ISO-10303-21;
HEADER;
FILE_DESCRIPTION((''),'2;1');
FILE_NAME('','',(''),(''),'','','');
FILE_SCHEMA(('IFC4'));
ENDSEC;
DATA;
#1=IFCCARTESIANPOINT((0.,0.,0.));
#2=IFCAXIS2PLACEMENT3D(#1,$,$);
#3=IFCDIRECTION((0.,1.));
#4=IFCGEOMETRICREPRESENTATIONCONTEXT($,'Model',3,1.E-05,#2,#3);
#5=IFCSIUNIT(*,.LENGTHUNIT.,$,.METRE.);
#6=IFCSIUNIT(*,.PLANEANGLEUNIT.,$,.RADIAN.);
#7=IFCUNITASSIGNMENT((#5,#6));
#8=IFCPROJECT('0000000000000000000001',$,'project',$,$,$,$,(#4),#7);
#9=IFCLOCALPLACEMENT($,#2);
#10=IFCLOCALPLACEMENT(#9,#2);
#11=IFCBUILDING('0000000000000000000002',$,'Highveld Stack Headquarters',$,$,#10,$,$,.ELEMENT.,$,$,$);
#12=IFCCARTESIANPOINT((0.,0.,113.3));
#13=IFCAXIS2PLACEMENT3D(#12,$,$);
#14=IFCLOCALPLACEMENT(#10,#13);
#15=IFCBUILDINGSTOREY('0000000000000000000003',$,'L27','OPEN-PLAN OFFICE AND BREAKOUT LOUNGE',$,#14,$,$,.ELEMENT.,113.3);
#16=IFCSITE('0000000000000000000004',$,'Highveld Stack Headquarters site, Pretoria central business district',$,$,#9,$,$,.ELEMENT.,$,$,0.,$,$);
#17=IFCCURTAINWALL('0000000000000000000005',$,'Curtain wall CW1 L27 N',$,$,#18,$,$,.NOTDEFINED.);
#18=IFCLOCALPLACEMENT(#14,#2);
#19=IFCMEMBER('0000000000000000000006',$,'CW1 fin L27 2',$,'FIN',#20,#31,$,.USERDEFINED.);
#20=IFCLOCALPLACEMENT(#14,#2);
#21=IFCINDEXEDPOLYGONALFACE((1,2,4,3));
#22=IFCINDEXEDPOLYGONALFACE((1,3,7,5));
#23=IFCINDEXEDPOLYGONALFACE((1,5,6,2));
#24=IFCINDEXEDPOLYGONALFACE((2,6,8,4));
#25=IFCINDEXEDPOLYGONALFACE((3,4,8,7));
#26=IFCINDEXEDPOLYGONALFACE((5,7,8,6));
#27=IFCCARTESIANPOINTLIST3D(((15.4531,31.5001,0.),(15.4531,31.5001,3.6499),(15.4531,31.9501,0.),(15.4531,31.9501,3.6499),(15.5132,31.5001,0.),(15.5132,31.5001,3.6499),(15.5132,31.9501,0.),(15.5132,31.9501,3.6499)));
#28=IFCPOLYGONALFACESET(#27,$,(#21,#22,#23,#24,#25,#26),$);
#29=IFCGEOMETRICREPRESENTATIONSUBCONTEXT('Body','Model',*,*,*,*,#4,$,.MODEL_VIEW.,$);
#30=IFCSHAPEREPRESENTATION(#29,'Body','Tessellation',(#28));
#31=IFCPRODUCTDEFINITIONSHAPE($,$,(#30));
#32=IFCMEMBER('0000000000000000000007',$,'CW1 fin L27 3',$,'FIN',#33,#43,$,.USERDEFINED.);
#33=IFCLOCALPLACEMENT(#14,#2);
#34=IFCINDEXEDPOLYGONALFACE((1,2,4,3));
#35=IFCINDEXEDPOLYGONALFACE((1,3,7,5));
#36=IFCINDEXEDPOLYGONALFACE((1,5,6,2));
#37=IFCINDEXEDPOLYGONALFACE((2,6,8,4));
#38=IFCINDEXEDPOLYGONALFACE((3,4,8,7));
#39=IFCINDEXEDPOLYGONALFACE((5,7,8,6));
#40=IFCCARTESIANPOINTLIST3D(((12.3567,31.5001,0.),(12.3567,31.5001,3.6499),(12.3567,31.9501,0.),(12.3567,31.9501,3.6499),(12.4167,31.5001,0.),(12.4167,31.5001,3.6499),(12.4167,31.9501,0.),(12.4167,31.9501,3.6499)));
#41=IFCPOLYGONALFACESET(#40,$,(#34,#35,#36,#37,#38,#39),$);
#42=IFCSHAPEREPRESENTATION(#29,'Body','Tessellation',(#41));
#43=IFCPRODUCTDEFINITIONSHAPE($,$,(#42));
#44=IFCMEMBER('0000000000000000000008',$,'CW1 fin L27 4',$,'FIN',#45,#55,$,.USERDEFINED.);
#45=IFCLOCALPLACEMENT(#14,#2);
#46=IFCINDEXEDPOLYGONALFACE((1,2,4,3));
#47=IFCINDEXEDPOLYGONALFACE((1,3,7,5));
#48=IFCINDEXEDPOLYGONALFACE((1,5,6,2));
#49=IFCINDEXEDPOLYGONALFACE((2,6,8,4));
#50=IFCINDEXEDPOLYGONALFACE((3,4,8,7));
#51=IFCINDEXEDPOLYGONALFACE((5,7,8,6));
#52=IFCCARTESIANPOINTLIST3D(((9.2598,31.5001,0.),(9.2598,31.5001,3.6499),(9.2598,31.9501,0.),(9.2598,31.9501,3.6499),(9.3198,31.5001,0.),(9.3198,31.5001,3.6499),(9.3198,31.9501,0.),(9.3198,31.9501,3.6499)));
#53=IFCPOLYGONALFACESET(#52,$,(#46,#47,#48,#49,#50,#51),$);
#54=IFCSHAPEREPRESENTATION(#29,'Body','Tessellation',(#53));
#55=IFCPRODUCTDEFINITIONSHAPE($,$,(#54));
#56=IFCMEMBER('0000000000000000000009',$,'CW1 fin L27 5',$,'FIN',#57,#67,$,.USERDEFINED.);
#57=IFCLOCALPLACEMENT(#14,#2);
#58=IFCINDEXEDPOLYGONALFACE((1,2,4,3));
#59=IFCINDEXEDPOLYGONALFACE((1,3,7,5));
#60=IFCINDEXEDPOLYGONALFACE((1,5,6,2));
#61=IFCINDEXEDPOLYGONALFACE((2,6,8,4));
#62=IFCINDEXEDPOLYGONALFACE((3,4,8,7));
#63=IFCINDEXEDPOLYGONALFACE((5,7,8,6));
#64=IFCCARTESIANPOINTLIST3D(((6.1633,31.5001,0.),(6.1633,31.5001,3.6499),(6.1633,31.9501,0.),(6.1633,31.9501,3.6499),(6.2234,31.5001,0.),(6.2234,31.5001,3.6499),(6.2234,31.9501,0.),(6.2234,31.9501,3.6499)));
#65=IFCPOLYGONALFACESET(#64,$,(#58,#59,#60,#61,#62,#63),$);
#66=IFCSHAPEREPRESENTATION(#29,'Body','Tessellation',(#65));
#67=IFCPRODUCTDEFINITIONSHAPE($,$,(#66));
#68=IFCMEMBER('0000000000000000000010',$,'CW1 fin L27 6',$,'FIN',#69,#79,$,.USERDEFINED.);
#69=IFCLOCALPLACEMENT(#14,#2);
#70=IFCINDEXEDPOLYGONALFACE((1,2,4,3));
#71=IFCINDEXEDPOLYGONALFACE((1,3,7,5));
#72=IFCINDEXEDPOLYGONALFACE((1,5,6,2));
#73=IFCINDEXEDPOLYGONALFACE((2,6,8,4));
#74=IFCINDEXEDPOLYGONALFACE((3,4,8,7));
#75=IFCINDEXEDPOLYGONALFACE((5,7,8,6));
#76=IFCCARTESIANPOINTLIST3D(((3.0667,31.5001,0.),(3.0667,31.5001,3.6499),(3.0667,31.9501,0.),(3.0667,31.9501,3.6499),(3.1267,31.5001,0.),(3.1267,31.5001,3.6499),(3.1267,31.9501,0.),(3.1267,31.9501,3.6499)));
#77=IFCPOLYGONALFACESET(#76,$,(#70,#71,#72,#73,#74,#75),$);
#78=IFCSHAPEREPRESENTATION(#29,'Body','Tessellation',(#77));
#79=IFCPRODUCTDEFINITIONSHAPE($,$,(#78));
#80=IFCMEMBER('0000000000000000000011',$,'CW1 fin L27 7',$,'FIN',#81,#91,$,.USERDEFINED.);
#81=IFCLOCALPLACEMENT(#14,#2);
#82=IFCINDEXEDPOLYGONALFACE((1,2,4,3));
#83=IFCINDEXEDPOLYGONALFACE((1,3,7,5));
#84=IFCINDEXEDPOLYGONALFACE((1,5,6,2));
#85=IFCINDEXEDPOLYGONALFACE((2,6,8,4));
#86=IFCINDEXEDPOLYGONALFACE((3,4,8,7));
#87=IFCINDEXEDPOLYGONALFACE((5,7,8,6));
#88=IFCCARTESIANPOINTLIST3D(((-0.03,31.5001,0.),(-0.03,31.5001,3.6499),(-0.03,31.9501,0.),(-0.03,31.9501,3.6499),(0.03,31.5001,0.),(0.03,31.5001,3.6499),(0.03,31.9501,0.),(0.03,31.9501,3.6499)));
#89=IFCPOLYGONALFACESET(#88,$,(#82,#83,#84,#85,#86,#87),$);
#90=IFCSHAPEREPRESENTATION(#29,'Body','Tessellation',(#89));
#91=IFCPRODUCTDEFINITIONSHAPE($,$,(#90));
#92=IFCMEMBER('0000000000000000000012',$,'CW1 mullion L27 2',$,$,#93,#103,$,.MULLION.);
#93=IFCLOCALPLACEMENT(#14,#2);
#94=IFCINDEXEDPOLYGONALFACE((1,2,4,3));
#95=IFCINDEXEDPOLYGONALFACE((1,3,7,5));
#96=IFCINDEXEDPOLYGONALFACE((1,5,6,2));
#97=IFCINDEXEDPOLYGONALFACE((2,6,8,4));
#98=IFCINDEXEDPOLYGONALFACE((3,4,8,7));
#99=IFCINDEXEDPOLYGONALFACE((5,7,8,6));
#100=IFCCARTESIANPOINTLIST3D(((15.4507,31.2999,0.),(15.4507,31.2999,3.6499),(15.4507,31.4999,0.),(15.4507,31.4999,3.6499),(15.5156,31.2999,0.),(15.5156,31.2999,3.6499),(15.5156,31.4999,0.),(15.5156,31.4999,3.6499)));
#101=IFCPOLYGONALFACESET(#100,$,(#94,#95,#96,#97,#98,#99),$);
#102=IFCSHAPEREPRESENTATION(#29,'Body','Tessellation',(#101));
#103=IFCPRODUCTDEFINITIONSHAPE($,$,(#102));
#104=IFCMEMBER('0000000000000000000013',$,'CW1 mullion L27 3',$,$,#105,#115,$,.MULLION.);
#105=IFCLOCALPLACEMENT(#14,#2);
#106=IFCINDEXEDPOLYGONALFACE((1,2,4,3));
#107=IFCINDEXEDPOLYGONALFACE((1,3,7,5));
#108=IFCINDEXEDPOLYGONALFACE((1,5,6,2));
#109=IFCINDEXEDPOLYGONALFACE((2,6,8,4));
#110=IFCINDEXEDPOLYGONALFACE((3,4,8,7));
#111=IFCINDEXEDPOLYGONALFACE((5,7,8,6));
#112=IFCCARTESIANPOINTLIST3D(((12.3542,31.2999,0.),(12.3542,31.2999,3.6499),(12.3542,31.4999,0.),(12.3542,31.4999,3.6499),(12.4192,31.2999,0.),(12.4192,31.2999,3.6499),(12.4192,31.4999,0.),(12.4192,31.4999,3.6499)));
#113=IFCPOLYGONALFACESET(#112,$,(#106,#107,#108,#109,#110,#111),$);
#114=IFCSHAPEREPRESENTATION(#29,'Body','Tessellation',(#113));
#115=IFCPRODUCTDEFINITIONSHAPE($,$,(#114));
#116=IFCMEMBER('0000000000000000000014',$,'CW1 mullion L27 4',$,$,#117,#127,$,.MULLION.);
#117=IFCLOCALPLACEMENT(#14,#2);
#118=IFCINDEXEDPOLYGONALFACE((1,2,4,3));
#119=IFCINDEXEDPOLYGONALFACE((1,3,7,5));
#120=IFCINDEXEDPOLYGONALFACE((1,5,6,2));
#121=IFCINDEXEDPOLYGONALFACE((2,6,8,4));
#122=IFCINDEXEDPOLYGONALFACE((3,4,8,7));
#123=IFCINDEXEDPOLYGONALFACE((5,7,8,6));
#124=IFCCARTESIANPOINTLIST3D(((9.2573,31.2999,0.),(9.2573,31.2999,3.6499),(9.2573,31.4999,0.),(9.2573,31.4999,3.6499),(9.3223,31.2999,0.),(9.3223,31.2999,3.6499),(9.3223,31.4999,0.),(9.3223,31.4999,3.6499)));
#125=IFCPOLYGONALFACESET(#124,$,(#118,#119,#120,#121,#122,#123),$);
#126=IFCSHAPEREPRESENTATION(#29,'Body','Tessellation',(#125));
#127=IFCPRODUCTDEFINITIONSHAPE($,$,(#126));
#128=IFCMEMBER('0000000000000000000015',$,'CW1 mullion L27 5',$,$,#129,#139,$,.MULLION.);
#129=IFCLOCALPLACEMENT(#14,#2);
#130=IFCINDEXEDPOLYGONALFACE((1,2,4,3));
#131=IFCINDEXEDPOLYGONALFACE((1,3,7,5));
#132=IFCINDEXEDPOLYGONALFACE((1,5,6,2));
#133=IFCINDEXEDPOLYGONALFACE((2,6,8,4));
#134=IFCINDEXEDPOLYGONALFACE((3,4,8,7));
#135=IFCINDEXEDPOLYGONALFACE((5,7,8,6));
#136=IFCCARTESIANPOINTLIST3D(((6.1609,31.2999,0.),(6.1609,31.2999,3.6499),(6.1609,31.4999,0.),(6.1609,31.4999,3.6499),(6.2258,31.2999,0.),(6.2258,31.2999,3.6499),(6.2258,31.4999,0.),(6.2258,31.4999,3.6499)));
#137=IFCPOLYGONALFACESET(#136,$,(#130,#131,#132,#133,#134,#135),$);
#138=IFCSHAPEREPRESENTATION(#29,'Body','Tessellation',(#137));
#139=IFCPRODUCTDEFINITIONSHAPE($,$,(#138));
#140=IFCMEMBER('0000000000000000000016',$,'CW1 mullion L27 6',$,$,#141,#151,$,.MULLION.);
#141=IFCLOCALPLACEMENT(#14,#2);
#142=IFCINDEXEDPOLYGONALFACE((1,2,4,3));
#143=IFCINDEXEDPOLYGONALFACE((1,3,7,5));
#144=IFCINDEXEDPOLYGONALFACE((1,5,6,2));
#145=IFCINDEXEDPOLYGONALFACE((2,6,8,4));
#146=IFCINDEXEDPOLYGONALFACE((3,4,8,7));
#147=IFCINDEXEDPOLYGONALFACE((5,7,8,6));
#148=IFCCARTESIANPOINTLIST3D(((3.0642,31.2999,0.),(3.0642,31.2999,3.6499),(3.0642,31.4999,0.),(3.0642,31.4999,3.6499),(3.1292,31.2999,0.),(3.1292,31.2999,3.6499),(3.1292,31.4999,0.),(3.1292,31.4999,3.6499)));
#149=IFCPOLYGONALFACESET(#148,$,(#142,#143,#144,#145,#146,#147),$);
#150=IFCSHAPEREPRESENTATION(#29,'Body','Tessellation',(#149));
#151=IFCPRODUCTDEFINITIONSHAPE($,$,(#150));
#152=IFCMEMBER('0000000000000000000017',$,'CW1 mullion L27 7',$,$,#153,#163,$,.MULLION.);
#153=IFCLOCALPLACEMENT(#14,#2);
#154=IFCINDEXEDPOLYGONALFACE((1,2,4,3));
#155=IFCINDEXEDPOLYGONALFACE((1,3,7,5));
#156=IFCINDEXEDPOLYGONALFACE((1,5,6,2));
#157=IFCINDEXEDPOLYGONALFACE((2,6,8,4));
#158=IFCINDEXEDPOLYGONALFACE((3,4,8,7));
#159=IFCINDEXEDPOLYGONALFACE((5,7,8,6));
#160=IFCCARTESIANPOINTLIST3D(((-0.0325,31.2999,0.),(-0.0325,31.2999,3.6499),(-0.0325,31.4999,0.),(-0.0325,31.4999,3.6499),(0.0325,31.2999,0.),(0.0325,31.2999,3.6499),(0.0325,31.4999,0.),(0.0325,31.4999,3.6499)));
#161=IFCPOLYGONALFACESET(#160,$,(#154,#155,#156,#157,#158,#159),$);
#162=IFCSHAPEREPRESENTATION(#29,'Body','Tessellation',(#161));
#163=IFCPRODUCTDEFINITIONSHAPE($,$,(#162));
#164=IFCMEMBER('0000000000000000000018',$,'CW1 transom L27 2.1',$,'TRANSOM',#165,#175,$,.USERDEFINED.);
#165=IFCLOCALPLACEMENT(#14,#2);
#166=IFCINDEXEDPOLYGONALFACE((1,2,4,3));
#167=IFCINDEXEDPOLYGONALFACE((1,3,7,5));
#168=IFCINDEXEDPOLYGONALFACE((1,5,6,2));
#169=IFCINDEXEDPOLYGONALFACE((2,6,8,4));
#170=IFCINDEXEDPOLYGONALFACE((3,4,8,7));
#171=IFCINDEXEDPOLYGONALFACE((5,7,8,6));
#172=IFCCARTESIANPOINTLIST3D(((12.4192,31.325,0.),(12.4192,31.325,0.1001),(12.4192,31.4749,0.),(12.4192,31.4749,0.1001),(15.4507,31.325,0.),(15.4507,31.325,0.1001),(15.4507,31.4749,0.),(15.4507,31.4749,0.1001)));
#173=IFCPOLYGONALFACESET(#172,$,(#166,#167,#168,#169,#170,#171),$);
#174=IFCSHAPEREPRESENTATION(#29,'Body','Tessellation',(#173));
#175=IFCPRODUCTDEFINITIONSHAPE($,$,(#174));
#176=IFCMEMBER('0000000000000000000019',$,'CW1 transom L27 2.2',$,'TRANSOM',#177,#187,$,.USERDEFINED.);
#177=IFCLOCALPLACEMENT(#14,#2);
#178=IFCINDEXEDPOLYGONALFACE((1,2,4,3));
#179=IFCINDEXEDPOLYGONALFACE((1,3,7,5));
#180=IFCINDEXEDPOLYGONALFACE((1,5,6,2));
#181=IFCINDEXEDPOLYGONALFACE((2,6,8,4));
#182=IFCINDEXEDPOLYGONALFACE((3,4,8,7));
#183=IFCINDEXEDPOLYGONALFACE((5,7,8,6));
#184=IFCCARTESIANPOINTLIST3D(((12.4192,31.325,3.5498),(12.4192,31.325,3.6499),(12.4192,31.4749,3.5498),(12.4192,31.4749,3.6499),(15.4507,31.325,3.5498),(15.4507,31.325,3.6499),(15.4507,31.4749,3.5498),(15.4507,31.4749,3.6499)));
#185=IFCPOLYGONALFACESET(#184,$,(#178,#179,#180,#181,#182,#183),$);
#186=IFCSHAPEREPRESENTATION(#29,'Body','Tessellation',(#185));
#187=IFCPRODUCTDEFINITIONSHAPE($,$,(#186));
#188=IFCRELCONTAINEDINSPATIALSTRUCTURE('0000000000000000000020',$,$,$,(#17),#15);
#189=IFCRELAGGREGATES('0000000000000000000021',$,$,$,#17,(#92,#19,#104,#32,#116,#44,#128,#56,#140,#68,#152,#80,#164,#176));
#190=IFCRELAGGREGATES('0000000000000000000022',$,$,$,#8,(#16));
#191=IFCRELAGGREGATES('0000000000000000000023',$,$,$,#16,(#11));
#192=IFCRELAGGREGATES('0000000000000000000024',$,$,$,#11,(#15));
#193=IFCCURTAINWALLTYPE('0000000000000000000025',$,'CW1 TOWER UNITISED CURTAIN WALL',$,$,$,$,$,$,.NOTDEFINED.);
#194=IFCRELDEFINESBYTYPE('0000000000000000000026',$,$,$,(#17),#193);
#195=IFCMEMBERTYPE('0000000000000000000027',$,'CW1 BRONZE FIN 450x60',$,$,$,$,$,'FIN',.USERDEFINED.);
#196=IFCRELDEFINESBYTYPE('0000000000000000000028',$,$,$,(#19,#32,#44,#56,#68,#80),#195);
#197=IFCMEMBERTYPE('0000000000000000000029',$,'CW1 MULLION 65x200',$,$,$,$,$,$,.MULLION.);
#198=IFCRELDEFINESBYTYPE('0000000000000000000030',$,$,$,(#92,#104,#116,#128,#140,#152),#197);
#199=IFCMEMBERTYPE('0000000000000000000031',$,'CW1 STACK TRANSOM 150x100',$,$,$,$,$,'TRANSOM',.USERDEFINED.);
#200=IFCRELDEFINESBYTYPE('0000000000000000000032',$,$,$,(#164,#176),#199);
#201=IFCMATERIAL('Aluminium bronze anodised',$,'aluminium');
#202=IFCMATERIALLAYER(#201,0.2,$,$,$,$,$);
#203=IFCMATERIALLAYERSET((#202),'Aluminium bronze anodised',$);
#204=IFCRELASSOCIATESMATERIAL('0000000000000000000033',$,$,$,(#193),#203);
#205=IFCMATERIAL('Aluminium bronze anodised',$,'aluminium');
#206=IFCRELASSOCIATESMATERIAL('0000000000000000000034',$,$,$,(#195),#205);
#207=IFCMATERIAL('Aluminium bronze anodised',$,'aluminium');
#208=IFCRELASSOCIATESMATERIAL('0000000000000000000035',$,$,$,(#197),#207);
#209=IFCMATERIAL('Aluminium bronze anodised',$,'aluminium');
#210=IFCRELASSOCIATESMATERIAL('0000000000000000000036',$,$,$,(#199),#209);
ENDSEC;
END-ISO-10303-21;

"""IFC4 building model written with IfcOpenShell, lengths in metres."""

from ifc_helpers import new_model, si_unit, direction, frame, origin, origin_2d, place, context, subcontext, project, spatial, rectangle, extrude, material, layer, layer_set, material_profile, profile_set, type_object, element, aggregate, save


model = new_model("IFC4")

# Units and contexts
model_context = context("Model", 3, precision=1e-05, world=origin(), true_north=direction((0.0, 1.0)))
body_context = subcontext(model_context, "Body", "Model", "MODEL_VIEW")
ifc_project = project(units=[si_unit("LENGTHUNIT", "METRE"), si_unit("PLANEANGLEUNIT", "RADIAN")], contexts=[model_context])

# Site, building, storey
site_placement = place(None, origin())
site = spatial("IfcSite", under=ifc_project, at=site_placement, Name="Highveld Stack Headquarters site, Pretoria central business district", CompositionType="ELEMENT", RefElevation=0.0)
building_placement = place(site_placement, origin())
building = spatial("IfcBuilding", under=site, at=building_placement, Name="Highveld Stack Headquarters", CompositionType="ELEMENT")
storey_placement = place(building_placement, frame((0.0, 0.0, 113.3)))
storey = spatial("IfcBuildingStorey", under=building, at=storey_placement, Name="L27", Description="OPEN-PLAN OFFICE AND BREAKOUT LOUNGE", CompositionType="ELEMENT", Elevation=113.3)

# Curtain wall, members
ifc_material_1 = material(Name="Aluminium bronze anodised", Category="aluminium")
ifc_layer_1 = layer(ifc_material_1, 0.2)
ifc_layer_set_1 = layer_set([ifc_layer_1], Name="Aluminium bronze anodised")
curtain_wall_type = type_object("IfcCurtainWallType", Name="CW1 TOWER UNITISED CURTAIN WALL", PredefinedType="NOTDEFINED", material=ifc_layer_set_1)
curtain_wall_placement = place(storey_placement, origin())
curtain_wall = element("IfcCurtainWall", 1, at=curtain_wall_placement, inside=storey, type_object=curtain_wall_type, Name="Curtain wall CW1 L27 N", PredefinedType="NOTDEFINED")
ifc_material_2 = material(Name="Aluminium bronze anodised", Category="aluminium")
ifc_material_profile_1 = material_profile(ifc_material_2, rectangle(XDim=0.45, YDim=0.0601, at=origin_2d()), Name="FIN 450x60")
ifc_profile_set_1 = profile_set([ifc_material_profile_1], Name="Aluminium bronze anodised")
member_type_1 = type_object("IfcMemberType", Name="CW1 BRONZE FIN 450x60", ElementType="FIN", PredefinedType="USERDEFINED", material=ifc_profile_set_1)
member_1_placement = place(storey_placement, frame((15.4832, 31.7251, 0.0), z_axis=(0.0, 0.0, 1.0), x_axis=(0.0, -1.0, 0.0)))
member_1 = element("IfcMember", 2, at=member_1_placement, type_object=member_type_1, Name="CW1 fin L27 2", ObjectType="FIN", PredefinedType="USERDEFINED", context=body_context, shape_type="SweptSolid", body=[
    extrude(rectangle(XDim=0.45, YDim=0.0601, at=origin_2d()), origin(), (0.0, 0.0, 1.0), 3.6499),
])
member_2_placement = place(storey_placement, frame((12.3867, 31.7251, 0.0), z_axis=(0.0, 0.0, 1.0), x_axis=(0.0, -1.0, 0.0)))
member_2 = element("IfcMember", 3, at=member_2_placement, type_object=member_type_1, Name="CW1 fin L27 3", ObjectType="FIN", PredefinedType="USERDEFINED", context=body_context, shape_type="SweptSolid", body=[
    extrude(rectangle(XDim=0.45, YDim=0.0601, at=origin_2d()), origin(), (0.0, 0.0, 1.0), 3.6499),
])
member_3_placement = place(storey_placement, frame((9.2898, 31.7251, 0.0), z_axis=(0.0, 0.0, 1.0), x_axis=(0.0, -1.0, 0.0)))
member_3 = element("IfcMember", 4, at=member_3_placement, type_object=member_type_1, Name="CW1 fin L27 4", ObjectType="FIN", PredefinedType="USERDEFINED", context=body_context, shape_type="SweptSolid", body=[
    extrude(rectangle(XDim=0.45, YDim=0.0601, at=origin_2d()), origin(), (0.0, 0.0, 1.0), 3.6499),
])
member_4_placement = place(storey_placement, frame((6.1934, 31.7251, 0.0), z_axis=(0.0, 0.0, 1.0), x_axis=(0.0, -1.0, 0.0)))
member_4 = element("IfcMember", 5, at=member_4_placement, type_object=member_type_1, Name="CW1 fin L27 5", ObjectType="FIN", PredefinedType="USERDEFINED", context=body_context, shape_type="SweptSolid", body=[
    extrude(rectangle(XDim=0.45, YDim=0.0601, at=origin_2d()), origin(), (0.0, 0.0, 1.0), 3.6499),
])
member_5_placement = place(storey_placement, frame((3.0967, 31.7251, 0.0), z_axis=(0.0, 0.0, 1.0), x_axis=(0.0, -1.0, 0.0)))
member_5 = element("IfcMember", 6, at=member_5_placement, type_object=member_type_1, Name="CW1 fin L27 6", ObjectType="FIN", PredefinedType="USERDEFINED", context=body_context, shape_type="SweptSolid", body=[
    extrude(rectangle(XDim=0.45, YDim=0.0601, at=origin_2d()), origin(), (0.0, 0.0, 1.0), 3.6499),
])
member_6_placement = place(storey_placement, frame((0.0, 31.7251, 0.0), z_axis=(0.0, 0.0, 1.0), x_axis=(0.0, -1.0, 0.0)))
member_6 = element("IfcMember", 7, at=member_6_placement, type_object=member_type_1, Name="CW1 fin L27 7", ObjectType="FIN", PredefinedType="USERDEFINED", context=body_context, shape_type="SweptSolid", body=[
    extrude(rectangle(XDim=0.45, YDim=0.0601, at=origin_2d()), origin(), (0.0, 0.0, 1.0), 3.6499),
])
ifc_material_3 = material(Name="Aluminium bronze anodised", Category="aluminium")
ifc_material_profile_2 = material_profile(ifc_material_3, rectangle(XDim=0.2, YDim=0.0649, at=origin_2d()), Name="CW1 MULLION 65x200")
ifc_profile_set_2 = profile_set([ifc_material_profile_2], Name="Aluminium bronze anodised")
member_type_2 = type_object("IfcMemberType", Name="CW1 MULLION 65x200", PredefinedType="MULLION", material=ifc_profile_set_2)
member_7_placement = place(storey_placement, frame((15.4832, 31.3999, 0.0), z_axis=(0.0, 0.0, 1.0), x_axis=(0.0, -1.0, 0.0)))
member_7 = element("IfcMember", 8, at=member_7_placement, type_object=member_type_2, Name="CW1 mullion L27 2", PredefinedType="MULLION", context=body_context, shape_type="SweptSolid", body=[
    extrude(rectangle(XDim=0.2, YDim=0.0649, at=origin_2d()), origin(), (0.0, 0.0, 1.0), 3.6499),
])
member_8_placement = place(storey_placement, frame((12.3867, 31.3999, 0.0), z_axis=(0.0, 0.0, 1.0), x_axis=(0.0, -1.0, 0.0)))
member_8 = element("IfcMember", 9, at=member_8_placement, type_object=member_type_2, Name="CW1 mullion L27 3", PredefinedType="MULLION", context=body_context, shape_type="SweptSolid", body=[
    extrude(rectangle(XDim=0.2, YDim=0.0649, at=origin_2d()), origin(), (0.0, 0.0, 1.0), 3.6499),
])
member_9_placement = place(storey_placement, frame((9.2898, 31.3999, 0.0), z_axis=(0.0, 0.0, 1.0), x_axis=(0.0, -1.0, 0.0)))
member_9 = element("IfcMember", 10, at=member_9_placement, type_object=member_type_2, Name="CW1 mullion L27 4", PredefinedType="MULLION", context=body_context, shape_type="SweptSolid", body=[
    extrude(rectangle(XDim=0.2, YDim=0.0649, at=origin_2d()), origin(), (0.0, 0.0, 1.0), 3.6499),
])
member_10_placement = place(storey_placement, frame((6.1934, 31.3999, 0.0), z_axis=(0.0, 0.0, 1.0), x_axis=(0.0, -1.0, 0.0)))
member_10 = element("IfcMember", 11, at=member_10_placement, type_object=member_type_2, Name="CW1 mullion L27 5", PredefinedType="MULLION", context=body_context, shape_type="SweptSolid", body=[
    extrude(rectangle(XDim=0.2, YDim=0.0649, at=origin_2d()), origin(), (0.0, 0.0, 1.0), 3.6499),
])
member_11_placement = place(storey_placement, frame((3.0967, 31.3999, 0.0), z_axis=(0.0, 0.0, 1.0), x_axis=(0.0, -1.0, 0.0)))
member_11 = element("IfcMember", 12, at=member_11_placement, type_object=member_type_2, Name="CW1 mullion L27 6", PredefinedType="MULLION", context=body_context, shape_type="SweptSolid", body=[
    extrude(rectangle(XDim=0.2, YDim=0.0649, at=origin_2d()), origin(), (0.0, 0.0, 1.0), 3.6499),
])
member_12_placement = place(storey_placement, frame((0.0, 31.3999, 0.0), z_axis=(0.0, 0.0, 1.0), x_axis=(0.0, -1.0, 0.0)))
member_12 = element("IfcMember", 13, at=member_12_placement, type_object=member_type_2, Name="CW1 mullion L27 7", PredefinedType="MULLION", context=body_context, shape_type="SweptSolid", body=[
    extrude(rectangle(XDim=0.2, YDim=0.0649, at=origin_2d()), origin(), (0.0, 0.0, 1.0), 3.6499),
])
ifc_material_4 = material(Name="Aluminium bronze anodised", Category="aluminium")
ifc_material_profile_3 = material_profile(ifc_material_4, rectangle(XDim=0.1499, YDim=0.1001, at=origin_2d()), Name="CW1 TRANSOM 150x100")
ifc_profile_set_3 = profile_set([ifc_material_profile_3], Name="Aluminium bronze anodised")
member_type_3 = type_object("IfcMemberType", Name="CW1 STACK TRANSOM 150x100", ElementType="TRANSOM", PredefinedType="USERDEFINED", material=ifc_profile_set_3)
member_13_placement = place(storey_placement, frame((15.4507, 31.3999, 0.05), z_axis=(-1.0, 0.0, 0.0), x_axis=(0.0, -1.0, 0.0)))
member_13 = element("IfcMember", 14, at=member_13_placement, type_object=member_type_3, Name="CW1 transom L27 2.1", ObjectType="TRANSOM", PredefinedType="USERDEFINED", context=body_context, shape_type="SweptSolid", body=[
    extrude(rectangle(XDim=0.1499, YDim=0.1001, at=origin_2d()), origin(), (0.0, 0.0, 1.0), 3.0315),
])
member_14_placement = place(storey_placement, frame((15.4507, 31.3999, 3.5999), z_axis=(-1.0, 0.0, 0.0), x_axis=(0.0, -1.0, 0.0)))
member_14 = element("IfcMember", 15, at=member_14_placement, type_object=member_type_3, Name="CW1 transom L27 2.2", ObjectType="TRANSOM", PredefinedType="USERDEFINED", context=body_context, shape_type="SweptSolid", body=[
    extrude(rectangle(XDim=0.1499, YDim=0.1001, at=origin_2d()), origin(), (0.0, 0.0, 1.0), 3.0315),
])
aggregate(curtain_wall, [member_7, member_1, member_8, member_2, member_9, member_3, member_10, member_4, member_11, member_5, member_12, member_6, member_13, member_14])

save(model, "model.ifc")
